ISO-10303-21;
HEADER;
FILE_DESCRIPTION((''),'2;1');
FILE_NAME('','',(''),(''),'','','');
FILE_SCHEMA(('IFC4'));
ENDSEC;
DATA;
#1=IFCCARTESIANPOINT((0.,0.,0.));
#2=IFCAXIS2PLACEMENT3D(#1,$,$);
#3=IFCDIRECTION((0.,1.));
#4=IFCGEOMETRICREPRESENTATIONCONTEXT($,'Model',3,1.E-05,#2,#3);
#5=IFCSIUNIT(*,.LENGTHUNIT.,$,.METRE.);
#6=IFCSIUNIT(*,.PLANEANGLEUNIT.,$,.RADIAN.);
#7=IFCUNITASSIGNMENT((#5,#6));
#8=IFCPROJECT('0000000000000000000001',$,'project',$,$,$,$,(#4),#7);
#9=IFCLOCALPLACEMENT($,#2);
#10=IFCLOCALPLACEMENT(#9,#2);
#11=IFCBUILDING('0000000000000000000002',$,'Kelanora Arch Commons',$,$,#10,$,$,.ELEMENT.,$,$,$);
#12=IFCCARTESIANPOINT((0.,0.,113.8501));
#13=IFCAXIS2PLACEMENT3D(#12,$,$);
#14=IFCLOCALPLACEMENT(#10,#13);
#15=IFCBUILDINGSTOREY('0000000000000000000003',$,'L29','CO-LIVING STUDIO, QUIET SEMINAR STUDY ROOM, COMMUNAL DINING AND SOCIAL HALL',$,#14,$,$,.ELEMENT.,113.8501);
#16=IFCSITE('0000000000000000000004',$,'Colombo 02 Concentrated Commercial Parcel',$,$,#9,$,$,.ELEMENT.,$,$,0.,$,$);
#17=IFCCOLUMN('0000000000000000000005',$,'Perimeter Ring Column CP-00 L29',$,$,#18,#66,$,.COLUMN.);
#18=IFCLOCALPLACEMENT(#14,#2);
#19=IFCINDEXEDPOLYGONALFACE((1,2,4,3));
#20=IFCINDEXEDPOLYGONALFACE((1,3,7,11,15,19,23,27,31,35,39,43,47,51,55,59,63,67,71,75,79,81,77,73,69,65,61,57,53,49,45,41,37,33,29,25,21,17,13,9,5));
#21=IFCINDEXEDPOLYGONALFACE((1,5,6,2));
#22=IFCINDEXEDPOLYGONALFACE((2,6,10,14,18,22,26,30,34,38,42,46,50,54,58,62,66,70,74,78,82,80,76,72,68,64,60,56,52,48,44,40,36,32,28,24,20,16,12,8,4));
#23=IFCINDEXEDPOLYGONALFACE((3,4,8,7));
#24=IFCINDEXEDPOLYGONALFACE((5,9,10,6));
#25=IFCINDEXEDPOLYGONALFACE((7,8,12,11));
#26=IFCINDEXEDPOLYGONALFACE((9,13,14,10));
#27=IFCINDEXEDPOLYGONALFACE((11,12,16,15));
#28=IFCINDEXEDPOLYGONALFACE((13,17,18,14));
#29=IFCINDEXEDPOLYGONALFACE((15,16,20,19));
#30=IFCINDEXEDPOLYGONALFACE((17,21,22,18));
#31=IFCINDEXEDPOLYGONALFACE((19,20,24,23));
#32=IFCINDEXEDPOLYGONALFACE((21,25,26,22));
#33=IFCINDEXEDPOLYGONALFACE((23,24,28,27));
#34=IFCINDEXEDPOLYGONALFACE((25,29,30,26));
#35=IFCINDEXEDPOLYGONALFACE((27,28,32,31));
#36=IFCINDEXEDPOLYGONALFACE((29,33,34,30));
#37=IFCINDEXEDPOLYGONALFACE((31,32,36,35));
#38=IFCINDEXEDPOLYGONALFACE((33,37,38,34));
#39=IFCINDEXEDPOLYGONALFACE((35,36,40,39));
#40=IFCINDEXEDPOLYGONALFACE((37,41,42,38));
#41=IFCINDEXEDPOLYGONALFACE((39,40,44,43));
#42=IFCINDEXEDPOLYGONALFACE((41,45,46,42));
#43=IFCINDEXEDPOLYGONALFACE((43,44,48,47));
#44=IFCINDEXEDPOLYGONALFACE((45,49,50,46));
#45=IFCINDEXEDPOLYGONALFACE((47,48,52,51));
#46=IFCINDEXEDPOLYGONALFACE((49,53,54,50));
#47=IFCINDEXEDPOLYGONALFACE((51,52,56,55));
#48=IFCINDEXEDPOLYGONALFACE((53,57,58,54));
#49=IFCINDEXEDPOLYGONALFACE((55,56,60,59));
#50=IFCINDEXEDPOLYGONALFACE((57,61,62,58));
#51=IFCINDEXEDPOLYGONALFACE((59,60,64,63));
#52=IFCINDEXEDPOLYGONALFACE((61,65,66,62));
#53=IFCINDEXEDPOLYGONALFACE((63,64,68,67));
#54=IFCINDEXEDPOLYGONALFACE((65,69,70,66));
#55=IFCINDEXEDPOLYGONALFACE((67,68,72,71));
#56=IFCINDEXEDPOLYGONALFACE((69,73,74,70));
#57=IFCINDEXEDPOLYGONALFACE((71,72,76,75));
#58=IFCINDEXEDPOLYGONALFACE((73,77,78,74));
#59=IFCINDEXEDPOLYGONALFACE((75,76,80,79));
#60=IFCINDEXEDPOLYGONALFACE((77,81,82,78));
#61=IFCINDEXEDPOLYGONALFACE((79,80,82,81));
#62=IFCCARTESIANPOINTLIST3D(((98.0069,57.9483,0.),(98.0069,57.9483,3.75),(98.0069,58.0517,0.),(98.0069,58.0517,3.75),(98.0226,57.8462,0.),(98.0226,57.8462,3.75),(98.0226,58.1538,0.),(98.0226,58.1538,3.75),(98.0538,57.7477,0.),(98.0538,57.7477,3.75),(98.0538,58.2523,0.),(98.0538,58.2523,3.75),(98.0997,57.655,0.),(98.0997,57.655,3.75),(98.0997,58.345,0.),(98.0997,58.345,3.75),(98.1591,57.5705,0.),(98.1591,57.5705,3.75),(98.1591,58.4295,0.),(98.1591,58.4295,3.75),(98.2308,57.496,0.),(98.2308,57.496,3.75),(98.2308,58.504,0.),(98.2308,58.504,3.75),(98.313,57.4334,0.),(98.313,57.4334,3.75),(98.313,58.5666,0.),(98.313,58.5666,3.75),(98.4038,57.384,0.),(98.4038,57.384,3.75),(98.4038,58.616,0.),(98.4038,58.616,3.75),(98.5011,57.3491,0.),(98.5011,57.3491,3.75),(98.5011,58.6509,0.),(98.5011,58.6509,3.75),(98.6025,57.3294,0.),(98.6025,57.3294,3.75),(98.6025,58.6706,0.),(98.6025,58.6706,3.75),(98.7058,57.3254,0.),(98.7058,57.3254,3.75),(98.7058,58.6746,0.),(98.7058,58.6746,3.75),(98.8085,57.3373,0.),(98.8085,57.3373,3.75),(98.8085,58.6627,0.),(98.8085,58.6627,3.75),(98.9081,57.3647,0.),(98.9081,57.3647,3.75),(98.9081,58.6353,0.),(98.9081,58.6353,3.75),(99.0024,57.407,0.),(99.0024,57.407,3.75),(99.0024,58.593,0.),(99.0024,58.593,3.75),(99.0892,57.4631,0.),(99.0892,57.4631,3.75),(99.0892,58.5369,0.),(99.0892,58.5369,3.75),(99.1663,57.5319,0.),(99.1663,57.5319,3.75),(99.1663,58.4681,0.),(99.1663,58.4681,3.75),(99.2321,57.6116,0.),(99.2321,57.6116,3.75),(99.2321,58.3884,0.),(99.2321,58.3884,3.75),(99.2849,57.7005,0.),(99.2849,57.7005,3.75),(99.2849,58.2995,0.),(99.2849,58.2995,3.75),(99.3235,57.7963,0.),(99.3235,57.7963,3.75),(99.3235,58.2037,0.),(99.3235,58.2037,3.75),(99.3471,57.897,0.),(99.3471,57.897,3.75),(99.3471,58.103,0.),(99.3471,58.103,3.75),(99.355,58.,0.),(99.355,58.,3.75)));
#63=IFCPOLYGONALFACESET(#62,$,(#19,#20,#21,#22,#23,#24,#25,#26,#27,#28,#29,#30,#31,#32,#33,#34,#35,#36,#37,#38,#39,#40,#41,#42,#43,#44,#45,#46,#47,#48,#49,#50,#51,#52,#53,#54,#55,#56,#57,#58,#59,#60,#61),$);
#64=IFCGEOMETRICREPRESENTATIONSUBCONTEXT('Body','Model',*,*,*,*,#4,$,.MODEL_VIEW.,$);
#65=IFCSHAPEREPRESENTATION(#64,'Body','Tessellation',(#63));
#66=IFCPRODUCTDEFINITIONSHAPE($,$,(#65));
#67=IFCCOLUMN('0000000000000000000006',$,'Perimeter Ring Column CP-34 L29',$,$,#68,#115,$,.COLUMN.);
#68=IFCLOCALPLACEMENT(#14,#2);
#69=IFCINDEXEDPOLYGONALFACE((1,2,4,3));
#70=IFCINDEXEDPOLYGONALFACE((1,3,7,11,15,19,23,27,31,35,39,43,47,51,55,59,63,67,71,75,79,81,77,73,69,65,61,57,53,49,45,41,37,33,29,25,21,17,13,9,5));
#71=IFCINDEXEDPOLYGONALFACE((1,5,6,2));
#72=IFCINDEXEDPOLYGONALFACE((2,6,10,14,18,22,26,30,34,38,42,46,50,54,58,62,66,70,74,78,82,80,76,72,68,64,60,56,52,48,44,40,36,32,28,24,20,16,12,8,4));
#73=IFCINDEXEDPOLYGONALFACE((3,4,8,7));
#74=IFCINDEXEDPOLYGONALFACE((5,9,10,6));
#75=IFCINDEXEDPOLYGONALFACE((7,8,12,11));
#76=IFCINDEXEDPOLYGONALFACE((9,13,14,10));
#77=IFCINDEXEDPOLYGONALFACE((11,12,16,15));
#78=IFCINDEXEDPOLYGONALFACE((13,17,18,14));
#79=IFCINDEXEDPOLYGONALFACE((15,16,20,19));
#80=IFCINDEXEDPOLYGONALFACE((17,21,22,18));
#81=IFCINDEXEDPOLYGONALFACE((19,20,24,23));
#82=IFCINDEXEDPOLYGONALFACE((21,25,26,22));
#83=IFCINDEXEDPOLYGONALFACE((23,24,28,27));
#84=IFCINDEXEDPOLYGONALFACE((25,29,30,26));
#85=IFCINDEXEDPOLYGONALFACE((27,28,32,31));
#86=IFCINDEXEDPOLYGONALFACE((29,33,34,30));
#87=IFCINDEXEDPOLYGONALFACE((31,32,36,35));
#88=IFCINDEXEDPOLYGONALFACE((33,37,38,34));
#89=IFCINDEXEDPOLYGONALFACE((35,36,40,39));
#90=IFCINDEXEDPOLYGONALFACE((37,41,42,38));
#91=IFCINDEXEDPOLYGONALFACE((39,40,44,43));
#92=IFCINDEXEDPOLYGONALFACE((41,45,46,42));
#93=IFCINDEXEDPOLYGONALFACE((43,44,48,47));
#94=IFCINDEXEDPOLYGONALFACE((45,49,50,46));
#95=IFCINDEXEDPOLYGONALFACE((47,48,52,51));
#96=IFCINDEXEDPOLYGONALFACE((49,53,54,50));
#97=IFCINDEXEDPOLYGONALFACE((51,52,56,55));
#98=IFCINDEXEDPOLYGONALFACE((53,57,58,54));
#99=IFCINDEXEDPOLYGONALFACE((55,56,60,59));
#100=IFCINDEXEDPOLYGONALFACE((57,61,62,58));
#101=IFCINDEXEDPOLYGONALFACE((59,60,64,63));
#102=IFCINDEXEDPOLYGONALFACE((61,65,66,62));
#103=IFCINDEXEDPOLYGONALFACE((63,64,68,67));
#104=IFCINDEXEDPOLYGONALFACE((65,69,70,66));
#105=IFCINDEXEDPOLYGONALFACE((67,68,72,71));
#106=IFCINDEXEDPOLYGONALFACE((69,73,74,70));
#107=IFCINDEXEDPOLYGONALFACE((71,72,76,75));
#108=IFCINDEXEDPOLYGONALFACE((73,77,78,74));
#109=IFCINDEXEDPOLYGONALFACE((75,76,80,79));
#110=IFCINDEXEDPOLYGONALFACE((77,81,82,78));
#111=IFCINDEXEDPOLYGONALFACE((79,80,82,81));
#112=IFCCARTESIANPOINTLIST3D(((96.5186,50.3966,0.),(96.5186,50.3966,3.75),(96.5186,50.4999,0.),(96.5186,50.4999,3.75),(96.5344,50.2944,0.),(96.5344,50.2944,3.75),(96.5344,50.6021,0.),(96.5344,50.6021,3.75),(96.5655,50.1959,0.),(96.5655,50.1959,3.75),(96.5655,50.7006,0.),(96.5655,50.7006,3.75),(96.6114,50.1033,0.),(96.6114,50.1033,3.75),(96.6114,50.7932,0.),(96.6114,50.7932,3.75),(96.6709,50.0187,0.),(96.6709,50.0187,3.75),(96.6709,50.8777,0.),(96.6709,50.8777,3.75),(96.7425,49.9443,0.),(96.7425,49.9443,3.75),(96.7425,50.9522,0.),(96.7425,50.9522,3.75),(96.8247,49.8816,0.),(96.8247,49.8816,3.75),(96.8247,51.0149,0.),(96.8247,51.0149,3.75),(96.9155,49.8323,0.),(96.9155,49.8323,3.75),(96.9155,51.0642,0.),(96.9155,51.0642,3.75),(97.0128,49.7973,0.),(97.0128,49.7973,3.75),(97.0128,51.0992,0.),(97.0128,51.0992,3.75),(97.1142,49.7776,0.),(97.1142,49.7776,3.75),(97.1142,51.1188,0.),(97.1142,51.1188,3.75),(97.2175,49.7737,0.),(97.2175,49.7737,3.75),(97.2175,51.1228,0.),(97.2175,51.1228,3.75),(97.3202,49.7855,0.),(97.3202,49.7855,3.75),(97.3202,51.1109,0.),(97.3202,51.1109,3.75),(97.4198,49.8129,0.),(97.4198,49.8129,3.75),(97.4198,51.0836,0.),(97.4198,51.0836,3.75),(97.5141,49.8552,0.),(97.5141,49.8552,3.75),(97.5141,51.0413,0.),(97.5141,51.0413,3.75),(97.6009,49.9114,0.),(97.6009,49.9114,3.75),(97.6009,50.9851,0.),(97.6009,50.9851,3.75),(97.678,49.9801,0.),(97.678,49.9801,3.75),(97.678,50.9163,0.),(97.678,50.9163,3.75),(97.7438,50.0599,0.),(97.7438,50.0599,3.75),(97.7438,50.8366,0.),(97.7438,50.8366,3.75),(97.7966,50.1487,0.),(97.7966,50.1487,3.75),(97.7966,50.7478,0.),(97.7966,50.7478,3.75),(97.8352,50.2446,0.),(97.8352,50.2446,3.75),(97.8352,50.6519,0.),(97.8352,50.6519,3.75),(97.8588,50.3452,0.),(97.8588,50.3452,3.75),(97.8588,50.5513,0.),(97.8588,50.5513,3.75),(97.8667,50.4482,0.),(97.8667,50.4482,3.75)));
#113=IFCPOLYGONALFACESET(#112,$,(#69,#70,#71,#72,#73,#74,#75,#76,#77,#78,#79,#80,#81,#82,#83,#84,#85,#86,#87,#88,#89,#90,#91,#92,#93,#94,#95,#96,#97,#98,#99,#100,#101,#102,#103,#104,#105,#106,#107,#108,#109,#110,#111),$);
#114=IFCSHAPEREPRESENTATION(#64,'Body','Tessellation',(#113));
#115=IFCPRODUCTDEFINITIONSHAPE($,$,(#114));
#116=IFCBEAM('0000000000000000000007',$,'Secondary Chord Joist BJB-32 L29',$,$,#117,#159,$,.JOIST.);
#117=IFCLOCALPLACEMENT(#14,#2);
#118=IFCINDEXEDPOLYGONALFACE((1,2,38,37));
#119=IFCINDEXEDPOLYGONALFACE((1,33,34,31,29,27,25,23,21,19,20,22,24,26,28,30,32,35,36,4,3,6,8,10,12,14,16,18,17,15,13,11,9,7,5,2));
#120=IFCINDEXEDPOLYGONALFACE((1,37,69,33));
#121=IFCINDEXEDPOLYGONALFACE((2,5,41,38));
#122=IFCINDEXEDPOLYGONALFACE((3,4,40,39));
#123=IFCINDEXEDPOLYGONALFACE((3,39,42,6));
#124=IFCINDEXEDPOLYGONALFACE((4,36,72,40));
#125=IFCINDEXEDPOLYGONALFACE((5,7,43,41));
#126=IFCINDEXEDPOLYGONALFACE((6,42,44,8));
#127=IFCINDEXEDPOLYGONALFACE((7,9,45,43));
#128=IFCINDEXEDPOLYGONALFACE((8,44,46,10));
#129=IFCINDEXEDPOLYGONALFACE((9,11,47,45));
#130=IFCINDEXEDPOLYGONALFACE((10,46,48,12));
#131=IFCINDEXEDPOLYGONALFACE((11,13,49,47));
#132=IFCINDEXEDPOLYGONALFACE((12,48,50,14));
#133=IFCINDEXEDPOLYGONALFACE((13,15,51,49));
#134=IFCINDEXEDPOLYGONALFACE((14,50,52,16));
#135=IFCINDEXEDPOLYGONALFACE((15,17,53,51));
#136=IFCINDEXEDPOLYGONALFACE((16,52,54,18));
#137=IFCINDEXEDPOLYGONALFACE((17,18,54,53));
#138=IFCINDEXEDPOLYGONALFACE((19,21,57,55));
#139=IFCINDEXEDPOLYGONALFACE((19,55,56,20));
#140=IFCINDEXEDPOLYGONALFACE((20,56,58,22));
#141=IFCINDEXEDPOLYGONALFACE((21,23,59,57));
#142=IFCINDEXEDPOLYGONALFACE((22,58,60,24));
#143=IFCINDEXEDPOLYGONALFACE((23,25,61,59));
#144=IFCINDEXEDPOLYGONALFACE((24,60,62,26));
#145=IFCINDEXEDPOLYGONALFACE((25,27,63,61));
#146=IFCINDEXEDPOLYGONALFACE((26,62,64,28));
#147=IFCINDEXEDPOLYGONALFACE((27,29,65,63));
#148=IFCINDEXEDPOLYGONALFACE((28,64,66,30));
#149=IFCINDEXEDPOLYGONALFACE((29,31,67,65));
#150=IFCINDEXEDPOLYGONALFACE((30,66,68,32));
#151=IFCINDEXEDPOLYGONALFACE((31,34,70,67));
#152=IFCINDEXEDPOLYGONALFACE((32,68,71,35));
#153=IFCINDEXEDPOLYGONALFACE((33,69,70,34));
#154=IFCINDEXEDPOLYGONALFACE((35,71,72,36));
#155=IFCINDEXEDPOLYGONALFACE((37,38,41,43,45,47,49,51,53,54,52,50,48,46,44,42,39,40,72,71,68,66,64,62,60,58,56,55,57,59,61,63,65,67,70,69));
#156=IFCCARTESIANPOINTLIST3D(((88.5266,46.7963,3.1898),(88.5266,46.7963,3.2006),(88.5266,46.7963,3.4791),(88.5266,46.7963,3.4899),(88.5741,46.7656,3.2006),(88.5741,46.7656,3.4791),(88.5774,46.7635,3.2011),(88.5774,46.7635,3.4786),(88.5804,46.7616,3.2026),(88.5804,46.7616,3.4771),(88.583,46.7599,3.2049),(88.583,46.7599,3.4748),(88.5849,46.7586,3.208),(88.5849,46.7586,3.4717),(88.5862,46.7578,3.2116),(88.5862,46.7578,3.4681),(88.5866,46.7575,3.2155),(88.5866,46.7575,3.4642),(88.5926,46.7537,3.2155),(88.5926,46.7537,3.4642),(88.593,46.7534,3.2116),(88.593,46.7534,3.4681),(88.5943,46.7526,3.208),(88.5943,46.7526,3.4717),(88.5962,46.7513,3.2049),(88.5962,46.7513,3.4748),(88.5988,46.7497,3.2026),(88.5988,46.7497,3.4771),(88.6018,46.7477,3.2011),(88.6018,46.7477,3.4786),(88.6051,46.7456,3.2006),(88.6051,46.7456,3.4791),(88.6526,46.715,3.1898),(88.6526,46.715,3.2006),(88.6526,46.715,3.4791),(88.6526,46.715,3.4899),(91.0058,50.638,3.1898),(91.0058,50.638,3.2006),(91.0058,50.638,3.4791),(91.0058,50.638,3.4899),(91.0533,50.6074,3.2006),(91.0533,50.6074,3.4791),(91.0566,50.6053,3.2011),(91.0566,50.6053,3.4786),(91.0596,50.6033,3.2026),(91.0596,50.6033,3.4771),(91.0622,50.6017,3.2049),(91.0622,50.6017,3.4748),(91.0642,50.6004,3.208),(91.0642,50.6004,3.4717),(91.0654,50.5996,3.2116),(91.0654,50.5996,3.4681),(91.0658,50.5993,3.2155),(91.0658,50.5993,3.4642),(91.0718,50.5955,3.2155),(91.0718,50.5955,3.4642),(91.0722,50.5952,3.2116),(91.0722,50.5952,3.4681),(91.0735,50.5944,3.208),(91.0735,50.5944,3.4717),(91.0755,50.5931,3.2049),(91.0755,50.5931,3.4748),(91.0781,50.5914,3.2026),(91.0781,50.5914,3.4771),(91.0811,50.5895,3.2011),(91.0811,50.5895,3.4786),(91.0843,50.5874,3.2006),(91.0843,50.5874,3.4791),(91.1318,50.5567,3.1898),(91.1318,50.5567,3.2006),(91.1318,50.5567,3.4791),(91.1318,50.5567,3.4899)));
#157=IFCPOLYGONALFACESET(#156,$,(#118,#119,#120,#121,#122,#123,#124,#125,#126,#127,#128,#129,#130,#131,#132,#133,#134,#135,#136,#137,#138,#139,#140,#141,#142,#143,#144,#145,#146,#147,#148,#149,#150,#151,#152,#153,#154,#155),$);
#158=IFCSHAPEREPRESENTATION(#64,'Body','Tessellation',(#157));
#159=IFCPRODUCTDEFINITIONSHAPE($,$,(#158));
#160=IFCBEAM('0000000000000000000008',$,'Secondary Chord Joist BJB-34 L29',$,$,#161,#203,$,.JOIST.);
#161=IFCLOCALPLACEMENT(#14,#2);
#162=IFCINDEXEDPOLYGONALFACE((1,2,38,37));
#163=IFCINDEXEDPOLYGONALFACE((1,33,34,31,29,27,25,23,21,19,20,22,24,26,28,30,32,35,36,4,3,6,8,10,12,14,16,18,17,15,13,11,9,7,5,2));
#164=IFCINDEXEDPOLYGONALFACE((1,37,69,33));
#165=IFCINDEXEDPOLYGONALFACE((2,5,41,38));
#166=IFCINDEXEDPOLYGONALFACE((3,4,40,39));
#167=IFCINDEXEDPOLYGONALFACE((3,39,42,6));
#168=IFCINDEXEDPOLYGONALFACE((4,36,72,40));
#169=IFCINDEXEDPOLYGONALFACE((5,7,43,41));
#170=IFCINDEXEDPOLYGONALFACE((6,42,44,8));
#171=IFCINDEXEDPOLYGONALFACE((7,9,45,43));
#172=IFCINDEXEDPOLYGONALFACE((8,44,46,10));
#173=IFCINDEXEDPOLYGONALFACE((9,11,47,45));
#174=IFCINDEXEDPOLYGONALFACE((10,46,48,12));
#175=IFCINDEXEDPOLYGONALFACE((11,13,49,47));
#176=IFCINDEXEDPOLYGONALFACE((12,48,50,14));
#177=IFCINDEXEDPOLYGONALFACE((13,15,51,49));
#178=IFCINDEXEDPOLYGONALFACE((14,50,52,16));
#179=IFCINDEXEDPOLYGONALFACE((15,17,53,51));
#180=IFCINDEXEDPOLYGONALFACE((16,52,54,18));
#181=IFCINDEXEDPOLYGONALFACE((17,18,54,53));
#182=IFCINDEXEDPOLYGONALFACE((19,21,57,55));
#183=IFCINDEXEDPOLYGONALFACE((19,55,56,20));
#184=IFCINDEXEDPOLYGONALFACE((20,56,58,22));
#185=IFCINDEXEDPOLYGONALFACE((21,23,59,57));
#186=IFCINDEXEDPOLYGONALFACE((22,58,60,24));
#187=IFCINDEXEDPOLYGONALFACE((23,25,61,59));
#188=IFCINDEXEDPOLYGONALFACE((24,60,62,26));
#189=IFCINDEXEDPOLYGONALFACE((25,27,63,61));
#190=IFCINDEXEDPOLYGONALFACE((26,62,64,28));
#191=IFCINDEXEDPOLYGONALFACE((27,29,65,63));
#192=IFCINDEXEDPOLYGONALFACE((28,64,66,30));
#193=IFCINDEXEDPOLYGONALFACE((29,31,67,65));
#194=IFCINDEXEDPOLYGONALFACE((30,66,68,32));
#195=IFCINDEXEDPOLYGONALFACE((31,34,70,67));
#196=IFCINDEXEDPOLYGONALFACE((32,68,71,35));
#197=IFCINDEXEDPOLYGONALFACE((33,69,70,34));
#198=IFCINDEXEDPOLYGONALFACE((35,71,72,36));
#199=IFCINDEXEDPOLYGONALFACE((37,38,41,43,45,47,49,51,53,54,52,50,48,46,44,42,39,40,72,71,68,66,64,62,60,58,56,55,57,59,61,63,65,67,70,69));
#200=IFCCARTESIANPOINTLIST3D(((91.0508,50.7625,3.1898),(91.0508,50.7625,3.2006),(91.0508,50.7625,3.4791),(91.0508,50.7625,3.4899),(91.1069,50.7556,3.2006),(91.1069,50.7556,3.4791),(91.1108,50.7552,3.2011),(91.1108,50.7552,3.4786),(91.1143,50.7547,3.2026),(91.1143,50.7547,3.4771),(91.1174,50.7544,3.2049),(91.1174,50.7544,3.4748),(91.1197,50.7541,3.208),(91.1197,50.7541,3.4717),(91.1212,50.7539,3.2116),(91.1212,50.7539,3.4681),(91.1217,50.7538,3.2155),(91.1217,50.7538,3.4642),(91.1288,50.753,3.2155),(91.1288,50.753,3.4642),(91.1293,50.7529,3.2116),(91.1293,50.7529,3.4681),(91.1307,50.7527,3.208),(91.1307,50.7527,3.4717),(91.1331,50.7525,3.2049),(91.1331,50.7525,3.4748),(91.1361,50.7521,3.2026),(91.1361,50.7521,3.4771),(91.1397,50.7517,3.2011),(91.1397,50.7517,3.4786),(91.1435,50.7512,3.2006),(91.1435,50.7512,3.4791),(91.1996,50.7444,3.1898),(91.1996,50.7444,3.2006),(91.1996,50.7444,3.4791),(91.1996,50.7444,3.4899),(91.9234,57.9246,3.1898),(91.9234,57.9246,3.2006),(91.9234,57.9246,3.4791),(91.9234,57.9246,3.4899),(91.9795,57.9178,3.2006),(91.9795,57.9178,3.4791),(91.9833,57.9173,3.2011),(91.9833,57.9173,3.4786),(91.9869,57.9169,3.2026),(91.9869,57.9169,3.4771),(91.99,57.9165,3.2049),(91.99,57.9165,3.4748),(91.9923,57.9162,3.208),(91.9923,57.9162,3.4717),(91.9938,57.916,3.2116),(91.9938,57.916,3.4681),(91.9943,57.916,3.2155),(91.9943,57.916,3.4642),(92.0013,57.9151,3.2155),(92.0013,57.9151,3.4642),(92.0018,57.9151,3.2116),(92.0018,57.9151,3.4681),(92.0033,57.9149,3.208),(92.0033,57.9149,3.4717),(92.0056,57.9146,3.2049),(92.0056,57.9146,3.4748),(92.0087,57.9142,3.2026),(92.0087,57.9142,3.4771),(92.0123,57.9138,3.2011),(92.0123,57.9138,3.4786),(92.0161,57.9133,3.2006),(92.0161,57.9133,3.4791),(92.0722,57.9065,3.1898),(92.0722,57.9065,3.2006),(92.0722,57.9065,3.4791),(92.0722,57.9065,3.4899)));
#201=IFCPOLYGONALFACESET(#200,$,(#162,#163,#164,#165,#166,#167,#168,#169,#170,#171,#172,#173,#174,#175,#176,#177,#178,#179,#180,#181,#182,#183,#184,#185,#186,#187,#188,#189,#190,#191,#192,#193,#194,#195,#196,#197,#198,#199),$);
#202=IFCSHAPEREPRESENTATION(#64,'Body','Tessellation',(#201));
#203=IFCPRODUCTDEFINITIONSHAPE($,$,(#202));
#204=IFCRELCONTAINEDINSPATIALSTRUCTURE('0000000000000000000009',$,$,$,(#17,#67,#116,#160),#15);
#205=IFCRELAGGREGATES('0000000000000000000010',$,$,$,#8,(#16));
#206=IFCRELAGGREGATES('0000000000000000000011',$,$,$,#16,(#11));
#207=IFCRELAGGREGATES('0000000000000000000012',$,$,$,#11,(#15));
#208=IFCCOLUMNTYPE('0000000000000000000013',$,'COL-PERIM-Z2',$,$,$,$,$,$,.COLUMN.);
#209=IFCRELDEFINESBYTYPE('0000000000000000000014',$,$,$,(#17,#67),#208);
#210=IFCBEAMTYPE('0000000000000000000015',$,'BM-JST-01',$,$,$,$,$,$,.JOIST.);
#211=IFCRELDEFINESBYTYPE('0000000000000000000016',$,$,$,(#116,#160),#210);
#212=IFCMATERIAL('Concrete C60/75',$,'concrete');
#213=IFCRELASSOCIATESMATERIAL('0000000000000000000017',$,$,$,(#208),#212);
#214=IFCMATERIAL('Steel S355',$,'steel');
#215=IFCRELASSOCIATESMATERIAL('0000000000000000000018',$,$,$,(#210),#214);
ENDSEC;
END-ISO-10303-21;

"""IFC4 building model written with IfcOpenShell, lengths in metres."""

from ifc_helpers import new_model, si_unit, direction, frame, origin, origin_2d, place, context, subcontext, project, spatial, circle, i_section, extrude, material, material_profile, profile_set, type_object, element, save


model = new_model("IFC4")

# Units and contexts
model_context = context("Model", 3, precision=1e-05, world=origin(), true_north=direction((0.0, 1.0)))
body_context = subcontext(model_context, "Body", "Model", "MODEL_VIEW")
ifc_project = project(units=[si_unit("LENGTHUNIT", "METRE"), si_unit("PLANEANGLEUNIT", "RADIAN")], contexts=[model_context])

# Site, building, storey
site_placement = place(None, origin())
site = spatial("IfcSite", under=ifc_project, at=site_placement, Name="Colombo 02 Concentrated Commercial Parcel", CompositionType="ELEMENT", RefElevation=0.0)
building_placement = place(site_placement, origin())
building = spatial("IfcBuilding", under=site, at=building_placement, Name="Kelanora Arch Commons", CompositionType="ELEMENT")
storey_placement = place(building_placement, frame((0.0, 0.0, 113.8501)))
storey = spatial("IfcBuildingStorey", under=building, at=storey_placement, Name="L29", Description="CO-LIVING STUDIO, QUIET SEMINAR STUDY ROOM, COMMUNAL DINING AND SOCIAL HALL", CompositionType="ELEMENT", Elevation=113.8501)

# Columns
ifc_material_1 = material(Name="Concrete C60/75", Category="concrete")
ifc_material_profile_1 = material_profile(ifc_material_1, circle(Radius=0.675, at=origin_2d()), Name="RCC1350")
ifc_profile_set_1 = profile_set([ifc_material_profile_1], Name="Concrete C60/75")
column_type = type_object("IfcColumnType", Name="COL-PERIM-Z2", PredefinedType="COLUMN", material=ifc_profile_set_1)
for number, where, z_axis, x_axis, name in (
    (1, (98.6799, 58.0, 0.0), (0.0, 0.0, 1.0), (1.0, 0.0, 0.0), "Perimeter Ring Column CP-00 L29"),
    (2, (97.1917, 50.4482, 0.0), (0.0, 0.0, 1.0), (1.0, 0.0, 0.0), "Perimeter Ring Column CP-34 L29"),
):
    element("IfcColumn", number, at=place(storey_placement, frame(where, z_axis=z_axis, x_axis=x_axis)), inside=storey, type_object=column_type, Name=name, PredefinedType="COLUMN", context=body_context, shape_type="SweptSolid", body=[
        extrude(circle(Radius=0.675, at=origin_2d()), origin(), (0.0, 0.0, 1.0), 3.75),
    ])

# Beams
ifc_material_2 = material(Name="Steel S355", Category="steel")
ifc_material_profile_2 = material_profile(ifc_material_2, i_section(OverallWidth=0.1499, OverallDepth=0.3, WebThickness=0.0071, FlangeThickness=0.0107, FilletRadius=0.0149, at=origin_2d()), Name="IPE300")
ifc_profile_set_2 = profile_set([ifc_material_profile_2], Name="Steel S355")
beam_type_1 = type_object("IfcBeamType", Name="BM-JST-01", PredefinedType="JOIST", material=ifc_profile_set_2)
beam_1_placement = place(storey_placement, frame((88.5896, 46.7556, 3.3398), z_axis=(0.54223, 0.84023, 0.0), x_axis=(-0.84023, 0.54223, 0.0)))
element("IfcBeam", 3, at=beam_1_placement, inside=storey, type_object=beam_type_1, Name="Secondary Chord Joist BJB-32 L29", PredefinedType="JOIST", context=body_context, shape_type="SweptSolid", body=[
    extrude(i_section(OverallWidth=0.1499, OverallDepth=0.3, WebThickness=0.0071, FlangeThickness=0.0107, FilletRadius=0.0149, at=origin_2d()), origin(), (0.0, 0.0, 1.0), 4.5723),
])
beam_2_placement = place(storey_placement, frame((91.1252, 50.7534, 3.3398), z_axis=(0.120936, 0.99266, 0.0), x_axis=(-0.99266, 0.120936, 0.0)))
element("IfcBeam", 4, at=beam_2_placement, inside=storey, type_object=beam_type_1, Name="Secondary Chord Joist BJB-34 L29", PredefinedType="JOIST", context=body_context, shape_type="SweptSolid", body=[
    extrude(i_section(OverallWidth=0.1499, OverallDepth=0.3, WebThickness=0.0071, FlangeThickness=0.0107, FilletRadius=0.0149, at=origin_2d()), origin(), (0.0, 0.0, 1.0), 7.2151),
])

save(model, "model.ifc")
